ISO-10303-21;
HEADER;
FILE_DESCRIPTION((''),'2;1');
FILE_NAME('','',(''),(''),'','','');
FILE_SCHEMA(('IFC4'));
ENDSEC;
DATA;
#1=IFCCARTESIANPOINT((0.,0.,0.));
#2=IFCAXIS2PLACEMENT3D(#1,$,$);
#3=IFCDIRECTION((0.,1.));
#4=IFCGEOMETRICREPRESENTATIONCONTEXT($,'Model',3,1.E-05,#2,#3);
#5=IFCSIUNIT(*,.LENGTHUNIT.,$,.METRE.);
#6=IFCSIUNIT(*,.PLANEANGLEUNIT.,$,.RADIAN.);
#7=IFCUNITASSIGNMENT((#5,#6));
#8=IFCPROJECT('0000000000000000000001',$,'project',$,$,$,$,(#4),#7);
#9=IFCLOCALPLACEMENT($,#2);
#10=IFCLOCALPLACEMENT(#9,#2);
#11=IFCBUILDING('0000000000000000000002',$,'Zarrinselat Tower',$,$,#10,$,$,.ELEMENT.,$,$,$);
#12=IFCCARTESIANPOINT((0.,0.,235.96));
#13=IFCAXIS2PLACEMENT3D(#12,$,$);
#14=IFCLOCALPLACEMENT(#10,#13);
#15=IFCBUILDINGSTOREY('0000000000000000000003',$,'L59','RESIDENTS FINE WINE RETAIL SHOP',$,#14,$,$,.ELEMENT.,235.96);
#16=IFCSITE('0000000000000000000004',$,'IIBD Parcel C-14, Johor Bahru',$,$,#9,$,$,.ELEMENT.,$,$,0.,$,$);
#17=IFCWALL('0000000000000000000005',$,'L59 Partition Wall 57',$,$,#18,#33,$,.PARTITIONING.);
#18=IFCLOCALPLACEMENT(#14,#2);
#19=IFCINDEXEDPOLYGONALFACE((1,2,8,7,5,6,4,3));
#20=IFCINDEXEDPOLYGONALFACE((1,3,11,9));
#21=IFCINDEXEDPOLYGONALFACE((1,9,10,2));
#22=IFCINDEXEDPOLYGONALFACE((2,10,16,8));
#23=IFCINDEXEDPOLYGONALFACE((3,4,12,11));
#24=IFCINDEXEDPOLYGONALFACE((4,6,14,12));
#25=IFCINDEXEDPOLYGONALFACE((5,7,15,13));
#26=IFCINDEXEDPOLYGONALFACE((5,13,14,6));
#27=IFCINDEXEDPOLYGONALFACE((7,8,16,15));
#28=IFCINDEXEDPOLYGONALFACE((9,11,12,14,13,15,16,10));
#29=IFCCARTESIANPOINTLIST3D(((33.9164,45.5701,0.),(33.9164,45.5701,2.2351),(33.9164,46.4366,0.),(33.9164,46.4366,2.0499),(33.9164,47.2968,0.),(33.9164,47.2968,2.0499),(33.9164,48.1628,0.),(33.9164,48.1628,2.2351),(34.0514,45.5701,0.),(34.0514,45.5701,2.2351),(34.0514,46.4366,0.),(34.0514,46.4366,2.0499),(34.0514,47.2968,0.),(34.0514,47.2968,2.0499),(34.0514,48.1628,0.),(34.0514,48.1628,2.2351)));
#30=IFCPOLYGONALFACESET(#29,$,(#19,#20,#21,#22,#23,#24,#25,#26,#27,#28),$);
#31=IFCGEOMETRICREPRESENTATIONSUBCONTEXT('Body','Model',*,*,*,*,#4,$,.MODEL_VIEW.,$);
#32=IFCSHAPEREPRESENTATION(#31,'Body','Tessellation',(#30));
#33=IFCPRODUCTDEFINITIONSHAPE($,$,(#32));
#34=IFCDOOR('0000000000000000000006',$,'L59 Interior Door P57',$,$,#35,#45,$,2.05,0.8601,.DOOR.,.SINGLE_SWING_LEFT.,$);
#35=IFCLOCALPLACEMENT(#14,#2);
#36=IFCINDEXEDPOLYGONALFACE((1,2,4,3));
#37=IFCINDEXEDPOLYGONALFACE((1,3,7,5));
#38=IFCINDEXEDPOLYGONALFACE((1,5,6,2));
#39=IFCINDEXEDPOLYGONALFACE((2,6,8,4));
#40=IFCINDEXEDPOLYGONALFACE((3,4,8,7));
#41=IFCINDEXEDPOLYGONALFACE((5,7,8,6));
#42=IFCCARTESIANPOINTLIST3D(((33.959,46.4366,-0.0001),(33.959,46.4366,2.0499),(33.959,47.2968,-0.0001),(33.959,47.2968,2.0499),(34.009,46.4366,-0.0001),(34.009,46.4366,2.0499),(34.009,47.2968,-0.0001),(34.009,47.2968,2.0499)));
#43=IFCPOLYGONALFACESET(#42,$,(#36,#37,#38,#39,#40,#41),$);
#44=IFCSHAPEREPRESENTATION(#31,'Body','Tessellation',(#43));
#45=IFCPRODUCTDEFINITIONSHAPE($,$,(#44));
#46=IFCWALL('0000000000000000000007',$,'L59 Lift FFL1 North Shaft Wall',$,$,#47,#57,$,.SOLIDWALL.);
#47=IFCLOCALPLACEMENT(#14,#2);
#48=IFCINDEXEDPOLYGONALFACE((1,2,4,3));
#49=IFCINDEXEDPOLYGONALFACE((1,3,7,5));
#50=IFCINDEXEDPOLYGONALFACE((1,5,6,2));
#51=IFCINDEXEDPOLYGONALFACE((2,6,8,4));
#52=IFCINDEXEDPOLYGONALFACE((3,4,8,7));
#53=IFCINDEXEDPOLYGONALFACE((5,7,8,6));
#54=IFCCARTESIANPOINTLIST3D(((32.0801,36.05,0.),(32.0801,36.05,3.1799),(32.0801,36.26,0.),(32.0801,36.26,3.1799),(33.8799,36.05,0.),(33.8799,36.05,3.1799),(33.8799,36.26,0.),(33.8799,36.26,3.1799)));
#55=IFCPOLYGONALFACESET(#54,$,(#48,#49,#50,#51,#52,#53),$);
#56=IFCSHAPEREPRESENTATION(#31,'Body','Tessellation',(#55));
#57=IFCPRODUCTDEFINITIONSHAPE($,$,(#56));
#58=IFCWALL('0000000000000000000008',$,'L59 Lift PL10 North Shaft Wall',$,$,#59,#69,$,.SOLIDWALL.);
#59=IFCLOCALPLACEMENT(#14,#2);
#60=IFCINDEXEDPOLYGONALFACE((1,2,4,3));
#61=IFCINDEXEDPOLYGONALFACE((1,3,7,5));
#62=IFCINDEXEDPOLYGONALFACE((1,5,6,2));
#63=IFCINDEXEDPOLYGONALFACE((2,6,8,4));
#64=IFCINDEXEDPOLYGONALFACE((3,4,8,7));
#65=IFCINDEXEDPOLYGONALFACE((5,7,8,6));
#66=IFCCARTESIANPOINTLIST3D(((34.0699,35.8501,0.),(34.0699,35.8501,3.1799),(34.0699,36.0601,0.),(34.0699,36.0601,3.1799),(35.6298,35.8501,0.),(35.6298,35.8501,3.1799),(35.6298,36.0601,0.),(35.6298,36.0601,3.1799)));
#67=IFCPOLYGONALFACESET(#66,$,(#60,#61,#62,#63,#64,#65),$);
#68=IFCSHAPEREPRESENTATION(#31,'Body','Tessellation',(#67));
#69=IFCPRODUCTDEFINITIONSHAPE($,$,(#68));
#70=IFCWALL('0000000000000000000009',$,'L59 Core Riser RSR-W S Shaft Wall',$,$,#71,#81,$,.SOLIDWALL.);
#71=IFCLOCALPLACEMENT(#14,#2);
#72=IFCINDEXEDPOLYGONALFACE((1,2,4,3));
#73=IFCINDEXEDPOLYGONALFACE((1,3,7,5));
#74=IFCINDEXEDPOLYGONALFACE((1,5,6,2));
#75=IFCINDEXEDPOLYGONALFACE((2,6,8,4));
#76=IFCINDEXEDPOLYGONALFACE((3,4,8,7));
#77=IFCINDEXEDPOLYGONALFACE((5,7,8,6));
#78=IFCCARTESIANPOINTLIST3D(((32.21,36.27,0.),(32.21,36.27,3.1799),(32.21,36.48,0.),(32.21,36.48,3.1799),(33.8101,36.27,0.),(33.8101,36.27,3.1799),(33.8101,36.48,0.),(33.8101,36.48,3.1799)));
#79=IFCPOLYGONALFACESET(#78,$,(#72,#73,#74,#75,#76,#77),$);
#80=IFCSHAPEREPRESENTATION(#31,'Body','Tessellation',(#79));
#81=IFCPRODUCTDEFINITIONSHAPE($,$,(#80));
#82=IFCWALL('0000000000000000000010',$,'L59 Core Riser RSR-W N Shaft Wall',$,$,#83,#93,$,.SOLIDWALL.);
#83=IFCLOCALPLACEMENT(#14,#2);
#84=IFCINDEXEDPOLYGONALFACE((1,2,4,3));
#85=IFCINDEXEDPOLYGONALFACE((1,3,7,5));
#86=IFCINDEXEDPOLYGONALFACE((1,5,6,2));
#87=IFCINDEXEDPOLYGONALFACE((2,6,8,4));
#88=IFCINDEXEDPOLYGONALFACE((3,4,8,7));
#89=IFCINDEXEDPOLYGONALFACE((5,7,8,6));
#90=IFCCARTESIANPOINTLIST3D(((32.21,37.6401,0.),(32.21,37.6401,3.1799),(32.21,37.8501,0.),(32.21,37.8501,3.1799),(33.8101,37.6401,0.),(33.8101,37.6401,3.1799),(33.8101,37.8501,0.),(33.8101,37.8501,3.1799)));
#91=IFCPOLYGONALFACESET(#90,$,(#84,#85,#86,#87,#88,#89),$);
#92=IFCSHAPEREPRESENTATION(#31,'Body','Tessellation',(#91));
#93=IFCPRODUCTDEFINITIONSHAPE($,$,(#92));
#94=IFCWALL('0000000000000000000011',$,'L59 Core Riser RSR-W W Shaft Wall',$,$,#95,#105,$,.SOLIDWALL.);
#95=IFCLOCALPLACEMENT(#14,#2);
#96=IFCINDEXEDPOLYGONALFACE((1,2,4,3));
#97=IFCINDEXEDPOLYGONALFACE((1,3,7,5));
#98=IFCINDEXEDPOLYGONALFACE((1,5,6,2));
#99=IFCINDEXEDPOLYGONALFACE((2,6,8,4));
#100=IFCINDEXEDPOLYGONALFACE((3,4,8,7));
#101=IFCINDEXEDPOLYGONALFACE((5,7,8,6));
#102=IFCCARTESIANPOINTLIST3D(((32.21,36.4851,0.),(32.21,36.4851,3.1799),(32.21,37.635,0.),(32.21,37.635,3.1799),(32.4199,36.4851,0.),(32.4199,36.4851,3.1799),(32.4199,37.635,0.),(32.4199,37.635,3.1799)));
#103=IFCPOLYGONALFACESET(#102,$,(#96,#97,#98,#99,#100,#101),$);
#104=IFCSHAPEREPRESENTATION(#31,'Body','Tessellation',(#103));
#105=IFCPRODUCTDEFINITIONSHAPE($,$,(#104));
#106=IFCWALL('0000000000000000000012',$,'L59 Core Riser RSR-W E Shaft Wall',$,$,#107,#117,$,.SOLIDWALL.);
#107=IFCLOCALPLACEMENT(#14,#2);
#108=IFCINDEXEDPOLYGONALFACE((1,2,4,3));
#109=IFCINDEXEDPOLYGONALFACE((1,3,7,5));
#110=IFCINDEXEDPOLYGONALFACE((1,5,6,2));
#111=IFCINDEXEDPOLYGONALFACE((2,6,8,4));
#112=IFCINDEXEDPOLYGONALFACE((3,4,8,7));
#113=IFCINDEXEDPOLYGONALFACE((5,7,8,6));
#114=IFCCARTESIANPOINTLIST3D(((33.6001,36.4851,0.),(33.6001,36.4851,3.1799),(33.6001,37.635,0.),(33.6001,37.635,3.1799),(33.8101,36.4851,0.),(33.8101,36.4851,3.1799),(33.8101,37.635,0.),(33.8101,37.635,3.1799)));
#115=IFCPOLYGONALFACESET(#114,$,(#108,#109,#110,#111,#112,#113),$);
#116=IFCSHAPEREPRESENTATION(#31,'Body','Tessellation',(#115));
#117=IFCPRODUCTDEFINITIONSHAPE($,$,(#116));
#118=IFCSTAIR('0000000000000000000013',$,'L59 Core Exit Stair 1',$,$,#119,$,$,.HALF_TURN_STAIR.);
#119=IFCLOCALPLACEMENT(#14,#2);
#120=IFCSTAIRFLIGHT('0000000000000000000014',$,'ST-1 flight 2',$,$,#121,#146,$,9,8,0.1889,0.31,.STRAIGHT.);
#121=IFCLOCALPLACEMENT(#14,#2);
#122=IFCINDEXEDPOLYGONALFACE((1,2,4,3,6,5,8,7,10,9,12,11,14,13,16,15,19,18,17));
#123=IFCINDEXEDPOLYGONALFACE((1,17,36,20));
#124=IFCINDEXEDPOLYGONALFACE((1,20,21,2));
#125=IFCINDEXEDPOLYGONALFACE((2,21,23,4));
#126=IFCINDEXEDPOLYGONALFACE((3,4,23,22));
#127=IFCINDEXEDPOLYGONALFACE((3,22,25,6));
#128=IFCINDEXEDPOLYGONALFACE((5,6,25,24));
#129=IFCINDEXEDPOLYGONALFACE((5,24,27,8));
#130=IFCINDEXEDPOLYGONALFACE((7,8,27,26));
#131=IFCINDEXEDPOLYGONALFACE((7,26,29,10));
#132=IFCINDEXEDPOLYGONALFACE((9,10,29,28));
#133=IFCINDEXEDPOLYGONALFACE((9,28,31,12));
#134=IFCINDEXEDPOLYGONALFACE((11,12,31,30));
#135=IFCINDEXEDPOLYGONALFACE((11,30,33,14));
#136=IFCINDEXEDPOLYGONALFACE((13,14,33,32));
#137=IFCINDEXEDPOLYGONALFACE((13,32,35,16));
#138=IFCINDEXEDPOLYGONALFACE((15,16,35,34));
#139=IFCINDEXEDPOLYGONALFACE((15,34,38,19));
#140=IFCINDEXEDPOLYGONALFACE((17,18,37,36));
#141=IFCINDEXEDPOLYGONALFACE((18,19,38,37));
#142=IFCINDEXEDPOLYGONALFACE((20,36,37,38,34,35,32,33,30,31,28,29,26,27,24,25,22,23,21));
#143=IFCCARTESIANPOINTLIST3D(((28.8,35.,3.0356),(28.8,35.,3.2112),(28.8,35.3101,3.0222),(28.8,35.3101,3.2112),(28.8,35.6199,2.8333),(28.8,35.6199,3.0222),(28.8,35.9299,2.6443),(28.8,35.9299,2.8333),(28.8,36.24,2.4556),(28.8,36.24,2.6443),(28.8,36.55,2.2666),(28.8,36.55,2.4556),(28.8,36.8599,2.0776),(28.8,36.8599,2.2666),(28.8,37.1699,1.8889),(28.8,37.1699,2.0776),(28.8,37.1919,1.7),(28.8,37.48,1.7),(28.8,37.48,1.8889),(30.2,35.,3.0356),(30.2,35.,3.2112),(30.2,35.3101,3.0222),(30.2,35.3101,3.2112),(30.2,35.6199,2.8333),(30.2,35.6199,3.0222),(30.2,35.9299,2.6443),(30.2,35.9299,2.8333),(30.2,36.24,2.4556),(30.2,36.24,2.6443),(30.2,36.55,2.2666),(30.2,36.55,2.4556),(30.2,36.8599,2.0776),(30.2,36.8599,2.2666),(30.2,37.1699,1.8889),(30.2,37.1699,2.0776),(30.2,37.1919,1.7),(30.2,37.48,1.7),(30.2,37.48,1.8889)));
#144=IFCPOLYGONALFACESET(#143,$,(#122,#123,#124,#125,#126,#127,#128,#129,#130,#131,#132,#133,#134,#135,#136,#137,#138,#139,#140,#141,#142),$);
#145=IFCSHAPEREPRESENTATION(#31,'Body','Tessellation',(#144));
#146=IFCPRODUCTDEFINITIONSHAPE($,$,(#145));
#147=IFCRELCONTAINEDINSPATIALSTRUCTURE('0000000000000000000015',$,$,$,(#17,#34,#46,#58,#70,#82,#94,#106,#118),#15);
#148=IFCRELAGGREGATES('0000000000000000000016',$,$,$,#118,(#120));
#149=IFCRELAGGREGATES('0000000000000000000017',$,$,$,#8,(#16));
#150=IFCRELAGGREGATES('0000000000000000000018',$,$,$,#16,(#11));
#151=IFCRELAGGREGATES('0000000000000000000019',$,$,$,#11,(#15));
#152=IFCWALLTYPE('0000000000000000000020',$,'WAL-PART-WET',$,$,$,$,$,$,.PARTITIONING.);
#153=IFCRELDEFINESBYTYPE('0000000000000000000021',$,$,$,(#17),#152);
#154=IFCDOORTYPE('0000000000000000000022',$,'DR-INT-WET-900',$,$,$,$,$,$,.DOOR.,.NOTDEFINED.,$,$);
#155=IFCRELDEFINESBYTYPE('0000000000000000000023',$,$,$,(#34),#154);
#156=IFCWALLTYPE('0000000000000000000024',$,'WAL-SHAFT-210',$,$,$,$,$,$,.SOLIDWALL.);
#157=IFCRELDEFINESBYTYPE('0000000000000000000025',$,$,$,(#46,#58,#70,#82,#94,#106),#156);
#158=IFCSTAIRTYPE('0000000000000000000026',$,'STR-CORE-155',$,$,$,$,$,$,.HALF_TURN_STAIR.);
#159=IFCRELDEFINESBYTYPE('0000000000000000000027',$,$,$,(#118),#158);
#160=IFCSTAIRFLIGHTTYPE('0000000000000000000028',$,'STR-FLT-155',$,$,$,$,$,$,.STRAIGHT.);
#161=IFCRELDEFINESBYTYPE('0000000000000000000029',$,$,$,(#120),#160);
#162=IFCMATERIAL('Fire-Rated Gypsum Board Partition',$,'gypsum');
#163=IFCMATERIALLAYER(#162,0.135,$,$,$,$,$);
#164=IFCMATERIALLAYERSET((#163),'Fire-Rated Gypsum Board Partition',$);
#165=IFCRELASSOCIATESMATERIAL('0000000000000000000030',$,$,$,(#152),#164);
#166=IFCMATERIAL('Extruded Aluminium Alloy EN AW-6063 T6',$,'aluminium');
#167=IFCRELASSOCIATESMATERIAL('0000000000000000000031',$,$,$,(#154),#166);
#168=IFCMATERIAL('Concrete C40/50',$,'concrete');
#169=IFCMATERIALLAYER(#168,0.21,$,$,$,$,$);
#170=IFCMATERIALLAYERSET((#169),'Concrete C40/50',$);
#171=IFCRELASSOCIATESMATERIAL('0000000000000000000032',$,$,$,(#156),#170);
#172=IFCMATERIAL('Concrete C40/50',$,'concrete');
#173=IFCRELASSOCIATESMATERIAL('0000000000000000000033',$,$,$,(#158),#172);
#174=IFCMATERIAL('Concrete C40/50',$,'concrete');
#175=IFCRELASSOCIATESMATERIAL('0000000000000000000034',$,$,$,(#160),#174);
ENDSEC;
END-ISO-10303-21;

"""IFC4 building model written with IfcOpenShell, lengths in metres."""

from ifc_helpers import new_model, si_unit, direction, frame, frame_2d, origin, place, context, subcontext, project, spatial, polyline, rectangle, outline, extrude, material, layer, layer_set, type_object, element, fill, aggregate, save


model = new_model("IFC4")

# Units and contexts
model_context = context("Model", 3, precision=1e-05, world=origin(), true_north=direction((0.0, 1.0)))
body_context = subcontext(model_context, "Body", "Model", "MODEL_VIEW")
ifc_project = project(units=[si_unit("LENGTHUNIT", "METRE"), si_unit("PLANEANGLEUNIT", "RADIAN")], contexts=[model_context])

# Site, building, storey
site_placement = place(None, origin())
site = spatial("IfcSite", under=ifc_project, at=site_placement, Name="IIBD Parcel C-14, Johor Bahru", CompositionType="ELEMENT", RefElevation=0.0)
building_placement = place(site_placement, origin())
building = spatial("IfcBuilding", under=site, at=building_placement, Name="Zarrinselat Tower", CompositionType="ELEMENT")
storey_placement = place(building_placement, frame((0.0, 0.0, 235.96)))
storey = spatial("IfcBuildingStorey", under=building, at=storey_placement, Name="L59", Description="RESIDENTS FINE WINE RETAIL SHOP", CompositionType="ELEMENT", Elevation=235.96)

# Shared definitions
ifc_material_1 = material(Name="Fire-Rated Gypsum Board Partition", Category="gypsum")
ifc_layer_1 = layer(ifc_material_1, 0.135)
ifc_layer_set_1 = layer_set([ifc_layer_1], Name="Fire-Rated Gypsum Board Partition")
wall_type_1 = type_object("IfcWallType", Name="WAL-PART-WET", PredefinedType="PARTITIONING", material=ifc_layer_set_1)

# Wall, opening, door
wall_1_placement = place(storey_placement, frame((33.9839, 45.5701, 0.0), z_axis=(0.0, 0.0, 1.0), x_axis=(0.0, 1.0, 0.0)))
wall_1 = element("IfcWall", 1, at=wall_1_placement, inside=storey, type_object=wall_type_1, Name="L59 Partition Wall 57", PredefinedType="PARTITIONING", context=body_context, shape_type="SweptSolid", body=[
    extrude(rectangle(XDim=2.5928, YDim=0.135, at=frame_2d((1.2964, 0.0))), origin(), (0.0, 0.0, 1.0), 2.2351),
])
opening_1_placement = place(wall_1_placement, frame((0.8665, 0.0, 0.0)))
opening_1 = element("IfcOpeningElement", 2, at=opening_1_placement, cuts=wall_1, PredefinedType="OPENING", context=body_context, shape_type="SweptSolid", body=[
    extrude(rectangle(XDim=0.8601, YDim=2.05, at=frame_2d((0.4302, 1.0249))), frame((0.0, 0.0774, 0.0), z_axis=(0.0, -1.0, 0.0), x_axis=(1.0, 0.0, 0.0)), (0.0, 0.0, 1.0), 0.155),
])
ifc_material_2 = material(Name="Extruded Aluminium Alloy EN AW-6063 T6", Category="aluminium")
door_type_1 = type_object("IfcDoorType", Name="DR-INT-WET-900", OperationType="NOTDEFINED", PredefinedType="DOOR", material=ifc_material_2)
door_1_placement = place(opening_1_placement, origin())
door_1 = element("IfcDoor", 3, at=door_1_placement, inside=storey, type_object=door_type_1, Name="L59 Interior Door P57", OperationType="SINGLE_SWING_LEFT", OverallHeight=2.05, OverallWidth=0.8601, PredefinedType="DOOR", context=body_context, shape_type="SweptSolid", body=[
    extrude(rectangle(XDim=0.8601, YDim=2.05, at=frame_2d((0.4302, 1.0249))), frame((0.0, 0.0249, 0.0), z_axis=(0.0, -1.0, 0.0), x_axis=(1.0, 0.0, 0.0)), (0.0, 0.0, 1.0), 0.05),
])
fill(opening_1, door_1)

# Walls
ifc_material_3 = material(Name="Concrete C40/50", Category="concrete")
ifc_layer_2 = layer(ifc_material_3, 0.21)
ifc_layer_set_2 = layer_set([ifc_layer_2], Name="Concrete C40/50")
wall_type_2 = type_object("IfcWallType", Name="WAL-SHAFT-210", PredefinedType="SOLIDWALL", material=ifc_layer_set_2)
wall_2_placement = place(storey_placement, frame((32.0801, 36.155, 0.0), z_axis=(0.0, 0.0, 1.0), x_axis=(1.0, 0.0, 0.0)))
element("IfcWall", 4, at=wall_2_placement, inside=storey, type_object=wall_type_2, Name="L59 Lift FFL1 North Shaft Wall", PredefinedType="SOLIDWALL", context=body_context, shape_type="SweptSolid", body=[
    extrude(rectangle(XDim=1.7998, YDim=0.21, at=frame_2d((0.8999, 0.0))), origin(), (0.0, 0.0, 1.0), 3.1799),
])
wall_3_placement = place(storey_placement, frame((34.0701, 35.9551, 0.0), z_axis=(0.0, 0.0, 1.0), x_axis=(1.0, 0.0, 0.0)))
element("IfcWall", 5, at=wall_3_placement, inside=storey, type_object=wall_type_2, Name="L59 Lift PL10 North Shaft Wall", PredefinedType="SOLIDWALL", context=body_context, shape_type="SweptSolid", body=[
    extrude(rectangle(XDim=1.5598, YDim=0.21, at=frame_2d((0.7798, 0.0))), origin(), (0.0, 0.0, 1.0), 3.1799),
])
for number, where, z_axis, x_axis, name in (
    (6, (32.21, 36.375, 0.0), (0.0, 0.0, 1.0), (1.0, 0.0, 0.0), "L59 Core Riser RSR-W S Shaft Wall"),
    (7, (32.21, 37.7451, 0.0), (0.0, 0.0, 1.0), (1.0, 0.0, 0.0), "L59 Core Riser RSR-W N Shaft Wall"),
):
    element("IfcWall", number, at=place(storey_placement, frame(where, z_axis=z_axis, x_axis=x_axis)), inside=storey, type_object=wall_type_2, Name=name, PredefinedType="SOLIDWALL", context=body_context, shape_type="SweptSolid", body=[
        extrude(rectangle(XDim=1.6001, YDim=0.21, at=frame_2d((0.8, 0.0))), origin(), (0.0, 0.0, 1.0), 3.1799),
    ])
for number, where, z_axis, x_axis, name in (
    (8, (32.3149, 36.4851, 0.0), (0.0, 0.0, 1.0), (0.0, 1.0, 0.0), "L59 Core Riser RSR-W W Shaft Wall"),
    (9, (33.7051, 36.4851, 0.0), (0.0, 0.0, 1.0), (0.0, 1.0, 0.0), "L59 Core Riser RSR-W E Shaft Wall"),
):
    element("IfcWall", number, at=place(storey_placement, frame(where, z_axis=z_axis, x_axis=x_axis)), inside=storey, type_object=wall_type_2, Name=name, PredefinedType="SOLIDWALL", context=body_context, shape_type="SweptSolid", body=[
        extrude(rectangle(XDim=1.1499, YDim=0.21, at=frame_2d((0.575, 0.0))), origin(), (0.0, 0.0, 1.0), 3.1799),
    ])

# Stair, stair flight
ifc_material_4 = material(Name="Concrete C40/50", Category="concrete")
stair_type = type_object("IfcStairType", Name="STR-CORE-155", PredefinedType="HALF_TURN_STAIR", material=ifc_material_4)
stair_placement = place(storey_placement, origin())
stair = element("IfcStair", 10, at=stair_placement, inside=storey, type_object=stair_type, Name="L59 Core Exit Stair 1", PredefinedType="HALF_TURN_STAIR")
ifc_material_5 = material(Name="Concrete C40/50", Category="concrete")
stair_flight_type = type_object("IfcStairFlightType", Name="STR-FLT-155", PredefinedType="STRAIGHT", material=ifc_material_5)
stair_flight_placement = place(storey_placement, frame((29.5, 37.48, 1.7), z_axis=(0.0, 0.0, 1.0), x_axis=(0.0, -1.0, 0.0)))
stair_flight = element("IfcStairFlight", 11, at=stair_flight_placement, type_object=stair_flight_type, Name="ST-1 flight 2", NumberOfRisers=9, NumberOfTreads=8, PredefinedType="STRAIGHT", RiserHeight=0.1889, TreadLength=0.31, context=body_context, shape_type="SweptSolid", body=[
    extrude(outline(polyline([(0.0, 0.0), (0.0, 0.189), (0.3101, 0.189), (0.3101, 0.3777), (0.6201, 0.3777), (0.6201, 0.5667), (0.9299, 0.5667), (0.9299, 0.7556), (1.24, 0.7556), (1.24, 0.9443), (1.55, 0.9443), (1.55, 1.1333), (1.8601, 1.1333), (1.8601, 1.3223), (2.1699, 1.3223), (2.1699, 1.5112), (2.48, 1.5112), (2.48, 1.7), (2.48, 1.3357), (0.2881, 0.0), (0.0, 0.0)])), frame((0.0, 0.7, 0.0), z_axis=(0.0, -1.0, 0.0), x_axis=(1.0, 0.0, 0.0)), (0.0, 0.0, 1.0), 1.3999),
])
aggregate(stair, [stair_flight])

save(model, "model.ifc")
